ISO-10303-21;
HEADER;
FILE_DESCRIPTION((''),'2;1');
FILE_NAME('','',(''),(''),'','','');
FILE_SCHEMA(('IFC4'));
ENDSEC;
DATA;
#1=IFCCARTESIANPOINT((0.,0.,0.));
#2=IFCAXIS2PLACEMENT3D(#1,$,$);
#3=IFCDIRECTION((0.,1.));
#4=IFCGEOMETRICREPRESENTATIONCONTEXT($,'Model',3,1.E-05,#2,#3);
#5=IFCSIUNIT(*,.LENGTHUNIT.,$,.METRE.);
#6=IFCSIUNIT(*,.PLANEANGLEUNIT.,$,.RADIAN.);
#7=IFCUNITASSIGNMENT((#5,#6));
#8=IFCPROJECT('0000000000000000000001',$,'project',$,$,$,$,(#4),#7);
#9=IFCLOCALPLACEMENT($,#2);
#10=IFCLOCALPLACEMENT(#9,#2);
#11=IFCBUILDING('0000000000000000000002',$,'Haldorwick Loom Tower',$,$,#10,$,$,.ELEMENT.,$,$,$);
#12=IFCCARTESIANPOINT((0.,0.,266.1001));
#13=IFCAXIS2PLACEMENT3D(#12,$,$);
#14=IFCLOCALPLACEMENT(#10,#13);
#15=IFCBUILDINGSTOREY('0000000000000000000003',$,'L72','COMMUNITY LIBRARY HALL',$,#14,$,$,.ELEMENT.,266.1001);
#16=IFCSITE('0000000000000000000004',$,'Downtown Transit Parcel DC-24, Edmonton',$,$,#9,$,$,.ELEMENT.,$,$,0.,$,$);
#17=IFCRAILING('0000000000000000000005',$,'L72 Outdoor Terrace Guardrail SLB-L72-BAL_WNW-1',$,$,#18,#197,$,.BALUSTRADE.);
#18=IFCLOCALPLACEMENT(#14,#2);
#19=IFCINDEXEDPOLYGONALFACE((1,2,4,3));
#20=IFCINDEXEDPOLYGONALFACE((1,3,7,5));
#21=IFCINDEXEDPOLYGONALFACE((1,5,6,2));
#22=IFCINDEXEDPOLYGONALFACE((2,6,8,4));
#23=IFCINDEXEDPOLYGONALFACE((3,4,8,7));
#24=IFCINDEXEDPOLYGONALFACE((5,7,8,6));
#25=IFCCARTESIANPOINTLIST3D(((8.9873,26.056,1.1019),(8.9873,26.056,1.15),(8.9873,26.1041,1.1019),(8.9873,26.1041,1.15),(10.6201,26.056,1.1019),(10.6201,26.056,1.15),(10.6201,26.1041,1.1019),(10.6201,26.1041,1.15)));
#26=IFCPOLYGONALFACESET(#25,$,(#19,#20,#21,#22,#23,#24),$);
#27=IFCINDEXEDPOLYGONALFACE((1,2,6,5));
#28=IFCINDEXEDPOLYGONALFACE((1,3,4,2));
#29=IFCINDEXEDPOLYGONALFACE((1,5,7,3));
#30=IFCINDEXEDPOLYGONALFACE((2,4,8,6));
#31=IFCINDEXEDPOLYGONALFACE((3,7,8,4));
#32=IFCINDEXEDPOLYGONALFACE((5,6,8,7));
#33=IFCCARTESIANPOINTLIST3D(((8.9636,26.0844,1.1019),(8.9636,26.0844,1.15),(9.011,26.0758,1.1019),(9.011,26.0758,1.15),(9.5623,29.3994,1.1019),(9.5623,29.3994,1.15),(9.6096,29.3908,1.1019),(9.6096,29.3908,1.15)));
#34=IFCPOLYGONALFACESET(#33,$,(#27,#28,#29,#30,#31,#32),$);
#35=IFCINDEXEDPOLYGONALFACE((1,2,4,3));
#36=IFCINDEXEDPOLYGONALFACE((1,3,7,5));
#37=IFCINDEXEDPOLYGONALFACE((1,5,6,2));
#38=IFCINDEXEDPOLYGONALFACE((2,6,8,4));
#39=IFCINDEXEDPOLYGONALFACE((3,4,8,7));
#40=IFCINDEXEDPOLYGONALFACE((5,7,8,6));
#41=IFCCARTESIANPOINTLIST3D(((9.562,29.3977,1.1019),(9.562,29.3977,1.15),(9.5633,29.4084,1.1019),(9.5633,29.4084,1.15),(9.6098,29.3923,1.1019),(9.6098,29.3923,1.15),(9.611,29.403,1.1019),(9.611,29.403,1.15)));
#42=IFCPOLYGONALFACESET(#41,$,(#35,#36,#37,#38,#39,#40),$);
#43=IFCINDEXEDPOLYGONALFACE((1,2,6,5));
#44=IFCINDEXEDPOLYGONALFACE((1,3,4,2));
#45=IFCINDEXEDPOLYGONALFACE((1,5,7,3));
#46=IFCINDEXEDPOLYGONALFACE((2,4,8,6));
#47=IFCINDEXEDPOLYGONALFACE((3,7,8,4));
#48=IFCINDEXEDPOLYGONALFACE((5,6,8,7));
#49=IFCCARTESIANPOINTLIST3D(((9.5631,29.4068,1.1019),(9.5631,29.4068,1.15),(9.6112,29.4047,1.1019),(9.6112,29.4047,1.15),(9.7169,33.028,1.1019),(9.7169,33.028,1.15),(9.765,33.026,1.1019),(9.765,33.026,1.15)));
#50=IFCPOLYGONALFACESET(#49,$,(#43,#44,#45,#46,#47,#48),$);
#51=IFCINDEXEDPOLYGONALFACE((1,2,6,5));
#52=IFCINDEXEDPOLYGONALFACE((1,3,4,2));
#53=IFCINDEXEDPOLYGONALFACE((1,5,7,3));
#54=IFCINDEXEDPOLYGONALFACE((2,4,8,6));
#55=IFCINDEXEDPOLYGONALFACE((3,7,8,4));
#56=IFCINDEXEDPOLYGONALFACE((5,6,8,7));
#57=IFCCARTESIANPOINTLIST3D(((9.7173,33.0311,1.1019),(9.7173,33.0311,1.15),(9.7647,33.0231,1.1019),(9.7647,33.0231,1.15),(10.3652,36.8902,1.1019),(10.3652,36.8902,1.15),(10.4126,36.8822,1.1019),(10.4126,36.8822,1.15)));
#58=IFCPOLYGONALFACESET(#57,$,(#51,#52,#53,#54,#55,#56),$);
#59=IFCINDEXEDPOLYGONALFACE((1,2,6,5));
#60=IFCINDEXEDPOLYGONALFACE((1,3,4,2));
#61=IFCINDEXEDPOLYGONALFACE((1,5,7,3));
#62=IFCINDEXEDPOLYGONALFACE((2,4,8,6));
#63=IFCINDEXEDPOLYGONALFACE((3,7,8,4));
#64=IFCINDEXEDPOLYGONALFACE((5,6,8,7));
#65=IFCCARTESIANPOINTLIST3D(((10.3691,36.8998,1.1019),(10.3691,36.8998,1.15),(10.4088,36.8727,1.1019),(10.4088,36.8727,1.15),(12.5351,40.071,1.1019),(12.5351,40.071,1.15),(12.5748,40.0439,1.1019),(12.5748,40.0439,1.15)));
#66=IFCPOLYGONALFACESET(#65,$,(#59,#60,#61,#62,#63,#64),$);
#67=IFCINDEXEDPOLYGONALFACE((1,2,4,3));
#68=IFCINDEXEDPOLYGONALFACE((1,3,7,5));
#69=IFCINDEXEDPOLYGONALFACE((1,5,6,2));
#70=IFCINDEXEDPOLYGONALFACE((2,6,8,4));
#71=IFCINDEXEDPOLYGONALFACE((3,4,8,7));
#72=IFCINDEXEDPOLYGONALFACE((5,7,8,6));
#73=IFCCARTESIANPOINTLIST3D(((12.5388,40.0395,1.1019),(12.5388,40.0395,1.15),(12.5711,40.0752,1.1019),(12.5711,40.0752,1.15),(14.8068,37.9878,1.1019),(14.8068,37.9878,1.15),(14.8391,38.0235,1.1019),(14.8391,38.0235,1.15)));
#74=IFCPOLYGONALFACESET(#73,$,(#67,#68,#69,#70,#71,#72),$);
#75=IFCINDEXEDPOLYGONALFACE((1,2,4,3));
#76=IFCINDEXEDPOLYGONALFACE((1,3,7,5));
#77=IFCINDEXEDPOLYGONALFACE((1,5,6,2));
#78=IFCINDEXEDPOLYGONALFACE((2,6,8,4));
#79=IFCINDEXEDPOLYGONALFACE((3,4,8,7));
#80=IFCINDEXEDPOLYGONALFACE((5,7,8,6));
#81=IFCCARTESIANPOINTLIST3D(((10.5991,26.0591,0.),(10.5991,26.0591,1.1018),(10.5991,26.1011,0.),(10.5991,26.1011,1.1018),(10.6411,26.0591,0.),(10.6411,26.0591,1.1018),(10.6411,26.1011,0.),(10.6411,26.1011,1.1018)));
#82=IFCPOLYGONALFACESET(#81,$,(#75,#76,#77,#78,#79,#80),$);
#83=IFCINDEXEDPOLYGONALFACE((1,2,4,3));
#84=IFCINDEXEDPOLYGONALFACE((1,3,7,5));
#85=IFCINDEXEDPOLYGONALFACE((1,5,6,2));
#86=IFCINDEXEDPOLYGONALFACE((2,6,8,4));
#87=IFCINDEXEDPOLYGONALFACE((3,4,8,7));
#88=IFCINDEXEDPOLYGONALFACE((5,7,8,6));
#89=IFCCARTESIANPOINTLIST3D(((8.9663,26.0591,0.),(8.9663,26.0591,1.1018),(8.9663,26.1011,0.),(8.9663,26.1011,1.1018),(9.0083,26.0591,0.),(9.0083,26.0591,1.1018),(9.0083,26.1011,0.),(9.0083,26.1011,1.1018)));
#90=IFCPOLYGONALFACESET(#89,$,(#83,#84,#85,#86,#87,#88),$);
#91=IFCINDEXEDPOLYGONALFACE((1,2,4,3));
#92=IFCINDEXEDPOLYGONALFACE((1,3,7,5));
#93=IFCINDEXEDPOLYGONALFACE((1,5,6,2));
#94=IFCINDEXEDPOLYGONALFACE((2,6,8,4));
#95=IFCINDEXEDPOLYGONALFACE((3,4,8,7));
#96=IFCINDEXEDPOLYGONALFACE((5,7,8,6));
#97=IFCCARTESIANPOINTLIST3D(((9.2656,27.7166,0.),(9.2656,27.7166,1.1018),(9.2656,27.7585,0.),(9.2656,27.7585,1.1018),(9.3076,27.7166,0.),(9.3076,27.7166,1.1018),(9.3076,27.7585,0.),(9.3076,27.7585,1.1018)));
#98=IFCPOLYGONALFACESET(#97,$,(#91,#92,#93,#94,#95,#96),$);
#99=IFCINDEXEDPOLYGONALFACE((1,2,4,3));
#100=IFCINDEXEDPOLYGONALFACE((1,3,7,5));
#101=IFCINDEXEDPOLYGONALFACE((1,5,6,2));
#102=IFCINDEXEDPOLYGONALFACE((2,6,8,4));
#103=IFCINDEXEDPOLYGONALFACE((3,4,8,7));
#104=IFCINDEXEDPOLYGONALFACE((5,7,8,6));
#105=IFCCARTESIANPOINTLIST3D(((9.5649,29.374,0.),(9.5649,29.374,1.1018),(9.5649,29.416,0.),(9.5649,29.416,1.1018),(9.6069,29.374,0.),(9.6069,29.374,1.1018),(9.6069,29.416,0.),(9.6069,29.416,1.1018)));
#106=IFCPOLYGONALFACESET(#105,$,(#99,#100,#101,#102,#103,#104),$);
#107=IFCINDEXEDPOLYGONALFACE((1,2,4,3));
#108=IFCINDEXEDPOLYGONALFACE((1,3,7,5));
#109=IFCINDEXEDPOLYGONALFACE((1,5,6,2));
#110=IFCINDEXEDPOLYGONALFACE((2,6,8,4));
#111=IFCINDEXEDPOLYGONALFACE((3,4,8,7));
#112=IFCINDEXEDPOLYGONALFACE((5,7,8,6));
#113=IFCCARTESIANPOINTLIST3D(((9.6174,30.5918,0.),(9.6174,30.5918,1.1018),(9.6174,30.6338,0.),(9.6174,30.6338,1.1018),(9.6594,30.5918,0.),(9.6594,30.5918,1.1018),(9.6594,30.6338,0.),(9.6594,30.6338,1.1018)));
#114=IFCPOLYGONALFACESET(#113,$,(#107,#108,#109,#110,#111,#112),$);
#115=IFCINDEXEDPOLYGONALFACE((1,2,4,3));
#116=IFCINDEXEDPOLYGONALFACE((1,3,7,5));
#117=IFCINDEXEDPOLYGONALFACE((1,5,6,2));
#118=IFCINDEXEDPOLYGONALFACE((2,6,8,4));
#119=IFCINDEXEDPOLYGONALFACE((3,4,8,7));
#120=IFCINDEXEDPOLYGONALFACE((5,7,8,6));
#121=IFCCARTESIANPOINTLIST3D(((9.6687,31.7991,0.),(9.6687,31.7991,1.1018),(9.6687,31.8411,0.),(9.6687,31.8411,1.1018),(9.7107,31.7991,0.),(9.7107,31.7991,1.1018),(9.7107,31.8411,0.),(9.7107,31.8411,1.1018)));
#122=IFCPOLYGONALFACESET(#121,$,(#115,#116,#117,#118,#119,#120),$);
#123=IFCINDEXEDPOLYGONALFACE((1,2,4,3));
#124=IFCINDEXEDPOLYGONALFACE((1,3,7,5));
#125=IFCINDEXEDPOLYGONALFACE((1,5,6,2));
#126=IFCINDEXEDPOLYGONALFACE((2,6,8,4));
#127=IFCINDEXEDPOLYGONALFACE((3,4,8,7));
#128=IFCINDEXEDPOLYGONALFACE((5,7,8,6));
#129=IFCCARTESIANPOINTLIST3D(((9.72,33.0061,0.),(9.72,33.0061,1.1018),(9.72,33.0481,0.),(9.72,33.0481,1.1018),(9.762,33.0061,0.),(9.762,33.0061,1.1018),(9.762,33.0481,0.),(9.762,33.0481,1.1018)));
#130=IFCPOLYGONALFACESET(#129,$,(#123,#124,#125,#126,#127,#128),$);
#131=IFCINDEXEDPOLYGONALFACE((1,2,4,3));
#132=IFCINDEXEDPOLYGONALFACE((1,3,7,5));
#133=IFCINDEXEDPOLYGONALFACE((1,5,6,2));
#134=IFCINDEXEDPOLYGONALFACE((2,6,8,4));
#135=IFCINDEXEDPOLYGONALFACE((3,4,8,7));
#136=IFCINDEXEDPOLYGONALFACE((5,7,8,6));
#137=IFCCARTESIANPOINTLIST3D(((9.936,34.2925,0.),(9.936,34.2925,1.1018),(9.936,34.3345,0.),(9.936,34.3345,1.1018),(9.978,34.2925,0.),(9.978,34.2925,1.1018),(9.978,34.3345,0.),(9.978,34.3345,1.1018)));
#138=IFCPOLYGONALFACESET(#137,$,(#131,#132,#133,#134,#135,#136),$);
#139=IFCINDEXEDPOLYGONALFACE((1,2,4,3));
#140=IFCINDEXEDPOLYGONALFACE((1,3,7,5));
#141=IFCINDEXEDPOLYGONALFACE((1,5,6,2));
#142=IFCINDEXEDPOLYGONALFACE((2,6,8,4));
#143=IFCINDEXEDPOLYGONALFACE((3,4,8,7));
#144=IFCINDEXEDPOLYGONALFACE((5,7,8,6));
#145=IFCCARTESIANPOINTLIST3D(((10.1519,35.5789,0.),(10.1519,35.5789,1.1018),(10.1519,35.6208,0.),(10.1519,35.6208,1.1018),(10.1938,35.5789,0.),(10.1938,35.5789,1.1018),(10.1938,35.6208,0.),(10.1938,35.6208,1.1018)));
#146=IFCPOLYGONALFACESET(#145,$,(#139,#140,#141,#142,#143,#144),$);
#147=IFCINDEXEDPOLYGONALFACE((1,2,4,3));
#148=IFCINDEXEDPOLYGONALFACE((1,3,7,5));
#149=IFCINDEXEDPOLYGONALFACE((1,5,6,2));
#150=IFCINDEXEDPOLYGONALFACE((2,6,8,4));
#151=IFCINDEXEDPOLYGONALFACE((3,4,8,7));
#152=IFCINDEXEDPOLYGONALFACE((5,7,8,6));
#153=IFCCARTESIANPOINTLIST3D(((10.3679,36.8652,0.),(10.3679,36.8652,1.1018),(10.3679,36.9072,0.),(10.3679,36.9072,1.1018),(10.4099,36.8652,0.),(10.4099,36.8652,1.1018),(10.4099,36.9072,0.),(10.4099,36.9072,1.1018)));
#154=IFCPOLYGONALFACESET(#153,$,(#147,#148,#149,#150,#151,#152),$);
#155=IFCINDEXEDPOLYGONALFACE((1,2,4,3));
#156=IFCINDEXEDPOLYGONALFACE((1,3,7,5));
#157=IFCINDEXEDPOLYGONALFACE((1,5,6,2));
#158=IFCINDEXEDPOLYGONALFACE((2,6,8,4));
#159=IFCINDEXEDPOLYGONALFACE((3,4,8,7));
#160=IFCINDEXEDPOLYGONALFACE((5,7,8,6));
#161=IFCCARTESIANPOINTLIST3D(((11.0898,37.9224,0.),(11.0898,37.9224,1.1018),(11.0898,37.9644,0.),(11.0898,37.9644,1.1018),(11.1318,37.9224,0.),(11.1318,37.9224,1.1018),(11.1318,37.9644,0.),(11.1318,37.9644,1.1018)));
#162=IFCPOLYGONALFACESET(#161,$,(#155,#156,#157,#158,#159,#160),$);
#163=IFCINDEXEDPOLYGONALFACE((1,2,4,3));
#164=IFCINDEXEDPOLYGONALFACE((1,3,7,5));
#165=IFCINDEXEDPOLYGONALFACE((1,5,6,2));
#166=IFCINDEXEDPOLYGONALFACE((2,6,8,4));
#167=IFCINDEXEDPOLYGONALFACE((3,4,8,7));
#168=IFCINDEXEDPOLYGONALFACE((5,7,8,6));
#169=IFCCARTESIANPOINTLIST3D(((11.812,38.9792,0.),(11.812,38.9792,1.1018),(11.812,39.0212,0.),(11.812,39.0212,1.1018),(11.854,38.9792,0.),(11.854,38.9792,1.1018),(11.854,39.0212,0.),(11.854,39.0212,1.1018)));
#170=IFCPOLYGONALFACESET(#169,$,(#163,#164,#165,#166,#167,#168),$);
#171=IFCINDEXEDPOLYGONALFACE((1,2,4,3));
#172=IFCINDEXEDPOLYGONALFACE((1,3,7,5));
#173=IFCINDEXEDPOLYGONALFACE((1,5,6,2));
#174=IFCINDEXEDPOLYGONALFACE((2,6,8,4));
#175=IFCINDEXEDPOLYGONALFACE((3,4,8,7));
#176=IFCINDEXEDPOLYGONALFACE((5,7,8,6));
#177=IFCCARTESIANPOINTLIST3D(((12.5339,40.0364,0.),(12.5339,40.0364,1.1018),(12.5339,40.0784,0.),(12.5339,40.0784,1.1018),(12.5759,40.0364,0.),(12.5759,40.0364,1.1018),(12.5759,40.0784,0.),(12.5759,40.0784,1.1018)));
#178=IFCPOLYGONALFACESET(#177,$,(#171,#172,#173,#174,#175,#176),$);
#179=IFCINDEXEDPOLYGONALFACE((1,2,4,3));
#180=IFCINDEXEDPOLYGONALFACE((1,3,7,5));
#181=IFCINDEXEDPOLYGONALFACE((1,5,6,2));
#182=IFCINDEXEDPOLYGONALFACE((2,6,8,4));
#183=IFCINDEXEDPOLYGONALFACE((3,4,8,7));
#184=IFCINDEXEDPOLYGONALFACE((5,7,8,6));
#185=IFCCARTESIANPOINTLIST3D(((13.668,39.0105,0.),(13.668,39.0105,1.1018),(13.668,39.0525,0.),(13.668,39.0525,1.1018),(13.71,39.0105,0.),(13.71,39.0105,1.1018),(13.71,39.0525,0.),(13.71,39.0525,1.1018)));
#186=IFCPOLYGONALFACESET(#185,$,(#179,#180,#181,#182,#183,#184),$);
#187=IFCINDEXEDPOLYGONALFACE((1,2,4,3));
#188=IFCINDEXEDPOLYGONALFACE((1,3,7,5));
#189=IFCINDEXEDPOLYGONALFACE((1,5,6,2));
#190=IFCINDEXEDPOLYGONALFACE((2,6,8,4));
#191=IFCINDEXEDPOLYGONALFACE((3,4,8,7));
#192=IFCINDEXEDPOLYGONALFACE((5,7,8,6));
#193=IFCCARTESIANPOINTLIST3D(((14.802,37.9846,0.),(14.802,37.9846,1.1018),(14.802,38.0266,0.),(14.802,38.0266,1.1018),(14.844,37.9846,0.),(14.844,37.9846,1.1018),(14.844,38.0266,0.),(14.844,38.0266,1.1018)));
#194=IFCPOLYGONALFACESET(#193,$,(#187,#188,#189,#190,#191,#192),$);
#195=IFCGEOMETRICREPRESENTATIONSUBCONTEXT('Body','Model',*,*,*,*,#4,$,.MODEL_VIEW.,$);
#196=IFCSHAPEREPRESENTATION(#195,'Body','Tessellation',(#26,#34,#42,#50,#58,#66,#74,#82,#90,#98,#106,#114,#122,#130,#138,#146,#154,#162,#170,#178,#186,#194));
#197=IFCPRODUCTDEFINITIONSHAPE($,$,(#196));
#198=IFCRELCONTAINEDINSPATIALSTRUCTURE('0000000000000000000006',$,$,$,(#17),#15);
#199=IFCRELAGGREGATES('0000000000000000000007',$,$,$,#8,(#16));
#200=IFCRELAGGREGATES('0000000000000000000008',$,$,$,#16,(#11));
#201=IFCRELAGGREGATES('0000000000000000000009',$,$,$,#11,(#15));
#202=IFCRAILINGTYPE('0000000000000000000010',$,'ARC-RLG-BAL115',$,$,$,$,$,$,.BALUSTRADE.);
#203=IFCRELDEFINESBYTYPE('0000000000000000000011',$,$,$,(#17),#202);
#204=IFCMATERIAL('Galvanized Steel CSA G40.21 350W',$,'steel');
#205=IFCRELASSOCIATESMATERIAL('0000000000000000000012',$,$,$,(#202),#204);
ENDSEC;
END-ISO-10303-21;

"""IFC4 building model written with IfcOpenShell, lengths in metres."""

from ifc_helpers import new_model, si_unit, direction, frame, origin, origin_2d, place, context, subcontext, project, spatial, rectangle, extrude, material, type_object, element, save


model = new_model("IFC4")

# Units and contexts
model_context = context("Model", 3, precision=1e-05, world=origin(), true_north=direction((0.0, 1.0)))
body_context = subcontext(model_context, "Body", "Model", "MODEL_VIEW")
ifc_project = project(units=[si_unit("LENGTHUNIT", "METRE"), si_unit("PLANEANGLEUNIT", "RADIAN")], contexts=[model_context])

# Site, building, storey
site_placement = place(None, origin())
site = spatial("IfcSite", under=ifc_project, at=site_placement, Name="Downtown Transit Parcel DC-24, Edmonton", CompositionType="ELEMENT", RefElevation=0.0)
building_placement = place(site_placement, origin())
building = spatial("IfcBuilding", under=site, at=building_placement, Name="Haldorwick Loom Tower", CompositionType="ELEMENT")
storey_placement = place(building_placement, frame((0.0, 0.0, 266.1001)))
storey = spatial("IfcBuildingStorey", under=building, at=storey_placement, Name="L72", Description="COMMUNITY LIBRARY HALL", CompositionType="ELEMENT", Elevation=266.1001)

# Railing
ifc_material_1 = material(Name="Galvanized Steel CSA G40.21 350W", Category="steel")
railing_type = type_object("IfcRailingType", Name="ARC-RLG-BAL115", PredefinedType="BALUSTRADE", material=ifc_material_1)
railing_placement = place(storey_placement, frame((10.6201, 26.0801, 0.0)))
element("IfcRailing", 1, at=railing_placement, inside=storey, type_object=railing_type, Name="L72 Outdoor Terrace Guardrail SLB-L72-BAL_WNW-1", PredefinedType="BALUSTRADE", context=body_context, shape_type="SweptSolid", body=[
    extrude(rectangle(XDim=0.0481, YDim=0.0481, at=origin_2d()), frame((0.0, 0.0, 1.126), z_axis=(-1.0, 0.0, 0.0), x_axis=(0.0, -1.0, 0.0)), (0.0, 0.0, 1.0), 1.6328),
    extrude(rectangle(XDim=0.0481, YDim=0.0481, at=origin_2d()), frame((-1.6328, 0.0, 1.126), z_axis=(0.177712, 0.984083, 0.0), x_axis=(-0.984083, 0.177712, 0.0)), (0.0, 0.0, 1.0), 3.3687),
    extrude(rectangle(XDim=0.0481, YDim=0.0481, at=origin_2d()), frame((-1.0342, 3.3149, 1.126), z_axis=(0.11291, 0.993605, 0.0), x_axis=(-0.993605, 0.11291, 0.0)), (0.0, 0.0, 1.0), 0.0107),
    extrude(rectangle(XDim=0.0481, YDim=0.0481, at=origin_2d()), frame((-1.033, 3.3257, 1.126), z_axis=(0.042435, 0.999099, 0.0), x_axis=(-0.999099, 0.042435, 0.0)), (0.0, 0.0, 1.0), 3.6245),
    extrude(rectangle(XDim=0.0481, YDim=0.0481, at=origin_2d()), frame((-0.8792, 6.947, 1.126), z_axis=(0.165583, 0.986196, 0.0), x_axis=(-0.986196, 0.165583, 0.0)), (0.0, 0.0, 1.0), 3.9131),
    extrude(rectangle(XDim=0.0481, YDim=0.0481, at=origin_2d()), frame((-0.2312, 10.8062, 1.126), z_axis=(0.564025, 0.825758, 0.0), x_axis=(-0.825758, 0.564025, 0.0)), (0.0, 0.0, 1.0), 3.8403),
    extrude(rectangle(XDim=0.0481, YDim=0.0481, at=origin_2d()), frame((1.9348, 13.9773, 1.126), z_axis=(0.741585, -0.670859, 0.0), x_axis=(0.670859, 0.741585, 0.0)), (0.0, 0.0, 1.0), 3.0583),
    extrude(rectangle(XDim=0.042, YDim=0.042, at=origin_2d()), origin(), (0.0, 0.0, 1.0), 1.1018),
    extrude(rectangle(XDim=0.042, YDim=0.042, at=origin_2d()), frame((-1.6328, 0.0, 0.0)), (0.0, 0.0, 1.0), 1.1018),
    extrude(rectangle(XDim=0.042, YDim=0.042, at=origin_2d()), frame((-1.3335, 1.6575, 0.0)), (0.0, 0.0, 1.0), 1.1018),
    extrude(rectangle(XDim=0.042, YDim=0.042, at=origin_2d()), frame((-1.0342, 3.3149, 0.0)), (0.0, 0.0, 1.0), 1.1018),
    extrude(rectangle(XDim=0.042, YDim=0.042, at=origin_2d()), frame((-0.9817, 4.5327, 0.0)), (0.0, 0.0, 1.0), 1.1018),
    extrude(rectangle(XDim=0.042, YDim=0.042, at=origin_2d()), frame((-0.9304, 5.74, 0.0)), (0.0, 0.0, 1.0), 1.1018),
    extrude(rectangle(XDim=0.042, YDim=0.042, at=origin_2d()), frame((-0.8792, 6.947, 0.0)), (0.0, 0.0, 1.0), 1.1018),
    extrude(rectangle(XDim=0.042, YDim=0.042, at=origin_2d()), frame((-0.6631, 8.2334, 0.0)), (0.0, 0.0, 1.0), 1.1018),
    extrude(rectangle(XDim=0.042, YDim=0.042, at=origin_2d()), frame((-0.4473, 9.5198, 0.0)), (0.0, 0.0, 1.0), 1.1018),
    extrude(rectangle(XDim=0.042, YDim=0.042, at=origin_2d()), frame((-0.2312, 10.8062, 0.0)), (0.0, 0.0, 1.0), 1.1018),
    extrude(rectangle(XDim=0.042, YDim=0.042, at=origin_2d()), frame((0.4907, 11.8633, 0.0)), (0.0, 0.0, 1.0), 1.1018),
    extrude(rectangle(XDim=0.042, YDim=0.042, at=origin_2d()), frame((1.2129, 12.9202, 0.0)), (0.0, 0.0, 1.0), 1.1018),
    extrude(rectangle(XDim=0.042, YDim=0.042, at=origin_2d()), frame((1.9348, 13.9773, 0.0)), (0.0, 0.0, 1.0), 1.1018),
    extrude(rectangle(XDim=0.042, YDim=0.042, at=origin_2d()), frame((3.0688, 12.9514, 0.0)), (0.0, 0.0, 1.0), 1.1018),
    extrude(rectangle(XDim=0.042, YDim=0.042, at=origin_2d()), frame((4.2029, 11.9255, 0.0)), (0.0, 0.0, 1.0), 1.1018),
])

save(model, "model.ifc")
